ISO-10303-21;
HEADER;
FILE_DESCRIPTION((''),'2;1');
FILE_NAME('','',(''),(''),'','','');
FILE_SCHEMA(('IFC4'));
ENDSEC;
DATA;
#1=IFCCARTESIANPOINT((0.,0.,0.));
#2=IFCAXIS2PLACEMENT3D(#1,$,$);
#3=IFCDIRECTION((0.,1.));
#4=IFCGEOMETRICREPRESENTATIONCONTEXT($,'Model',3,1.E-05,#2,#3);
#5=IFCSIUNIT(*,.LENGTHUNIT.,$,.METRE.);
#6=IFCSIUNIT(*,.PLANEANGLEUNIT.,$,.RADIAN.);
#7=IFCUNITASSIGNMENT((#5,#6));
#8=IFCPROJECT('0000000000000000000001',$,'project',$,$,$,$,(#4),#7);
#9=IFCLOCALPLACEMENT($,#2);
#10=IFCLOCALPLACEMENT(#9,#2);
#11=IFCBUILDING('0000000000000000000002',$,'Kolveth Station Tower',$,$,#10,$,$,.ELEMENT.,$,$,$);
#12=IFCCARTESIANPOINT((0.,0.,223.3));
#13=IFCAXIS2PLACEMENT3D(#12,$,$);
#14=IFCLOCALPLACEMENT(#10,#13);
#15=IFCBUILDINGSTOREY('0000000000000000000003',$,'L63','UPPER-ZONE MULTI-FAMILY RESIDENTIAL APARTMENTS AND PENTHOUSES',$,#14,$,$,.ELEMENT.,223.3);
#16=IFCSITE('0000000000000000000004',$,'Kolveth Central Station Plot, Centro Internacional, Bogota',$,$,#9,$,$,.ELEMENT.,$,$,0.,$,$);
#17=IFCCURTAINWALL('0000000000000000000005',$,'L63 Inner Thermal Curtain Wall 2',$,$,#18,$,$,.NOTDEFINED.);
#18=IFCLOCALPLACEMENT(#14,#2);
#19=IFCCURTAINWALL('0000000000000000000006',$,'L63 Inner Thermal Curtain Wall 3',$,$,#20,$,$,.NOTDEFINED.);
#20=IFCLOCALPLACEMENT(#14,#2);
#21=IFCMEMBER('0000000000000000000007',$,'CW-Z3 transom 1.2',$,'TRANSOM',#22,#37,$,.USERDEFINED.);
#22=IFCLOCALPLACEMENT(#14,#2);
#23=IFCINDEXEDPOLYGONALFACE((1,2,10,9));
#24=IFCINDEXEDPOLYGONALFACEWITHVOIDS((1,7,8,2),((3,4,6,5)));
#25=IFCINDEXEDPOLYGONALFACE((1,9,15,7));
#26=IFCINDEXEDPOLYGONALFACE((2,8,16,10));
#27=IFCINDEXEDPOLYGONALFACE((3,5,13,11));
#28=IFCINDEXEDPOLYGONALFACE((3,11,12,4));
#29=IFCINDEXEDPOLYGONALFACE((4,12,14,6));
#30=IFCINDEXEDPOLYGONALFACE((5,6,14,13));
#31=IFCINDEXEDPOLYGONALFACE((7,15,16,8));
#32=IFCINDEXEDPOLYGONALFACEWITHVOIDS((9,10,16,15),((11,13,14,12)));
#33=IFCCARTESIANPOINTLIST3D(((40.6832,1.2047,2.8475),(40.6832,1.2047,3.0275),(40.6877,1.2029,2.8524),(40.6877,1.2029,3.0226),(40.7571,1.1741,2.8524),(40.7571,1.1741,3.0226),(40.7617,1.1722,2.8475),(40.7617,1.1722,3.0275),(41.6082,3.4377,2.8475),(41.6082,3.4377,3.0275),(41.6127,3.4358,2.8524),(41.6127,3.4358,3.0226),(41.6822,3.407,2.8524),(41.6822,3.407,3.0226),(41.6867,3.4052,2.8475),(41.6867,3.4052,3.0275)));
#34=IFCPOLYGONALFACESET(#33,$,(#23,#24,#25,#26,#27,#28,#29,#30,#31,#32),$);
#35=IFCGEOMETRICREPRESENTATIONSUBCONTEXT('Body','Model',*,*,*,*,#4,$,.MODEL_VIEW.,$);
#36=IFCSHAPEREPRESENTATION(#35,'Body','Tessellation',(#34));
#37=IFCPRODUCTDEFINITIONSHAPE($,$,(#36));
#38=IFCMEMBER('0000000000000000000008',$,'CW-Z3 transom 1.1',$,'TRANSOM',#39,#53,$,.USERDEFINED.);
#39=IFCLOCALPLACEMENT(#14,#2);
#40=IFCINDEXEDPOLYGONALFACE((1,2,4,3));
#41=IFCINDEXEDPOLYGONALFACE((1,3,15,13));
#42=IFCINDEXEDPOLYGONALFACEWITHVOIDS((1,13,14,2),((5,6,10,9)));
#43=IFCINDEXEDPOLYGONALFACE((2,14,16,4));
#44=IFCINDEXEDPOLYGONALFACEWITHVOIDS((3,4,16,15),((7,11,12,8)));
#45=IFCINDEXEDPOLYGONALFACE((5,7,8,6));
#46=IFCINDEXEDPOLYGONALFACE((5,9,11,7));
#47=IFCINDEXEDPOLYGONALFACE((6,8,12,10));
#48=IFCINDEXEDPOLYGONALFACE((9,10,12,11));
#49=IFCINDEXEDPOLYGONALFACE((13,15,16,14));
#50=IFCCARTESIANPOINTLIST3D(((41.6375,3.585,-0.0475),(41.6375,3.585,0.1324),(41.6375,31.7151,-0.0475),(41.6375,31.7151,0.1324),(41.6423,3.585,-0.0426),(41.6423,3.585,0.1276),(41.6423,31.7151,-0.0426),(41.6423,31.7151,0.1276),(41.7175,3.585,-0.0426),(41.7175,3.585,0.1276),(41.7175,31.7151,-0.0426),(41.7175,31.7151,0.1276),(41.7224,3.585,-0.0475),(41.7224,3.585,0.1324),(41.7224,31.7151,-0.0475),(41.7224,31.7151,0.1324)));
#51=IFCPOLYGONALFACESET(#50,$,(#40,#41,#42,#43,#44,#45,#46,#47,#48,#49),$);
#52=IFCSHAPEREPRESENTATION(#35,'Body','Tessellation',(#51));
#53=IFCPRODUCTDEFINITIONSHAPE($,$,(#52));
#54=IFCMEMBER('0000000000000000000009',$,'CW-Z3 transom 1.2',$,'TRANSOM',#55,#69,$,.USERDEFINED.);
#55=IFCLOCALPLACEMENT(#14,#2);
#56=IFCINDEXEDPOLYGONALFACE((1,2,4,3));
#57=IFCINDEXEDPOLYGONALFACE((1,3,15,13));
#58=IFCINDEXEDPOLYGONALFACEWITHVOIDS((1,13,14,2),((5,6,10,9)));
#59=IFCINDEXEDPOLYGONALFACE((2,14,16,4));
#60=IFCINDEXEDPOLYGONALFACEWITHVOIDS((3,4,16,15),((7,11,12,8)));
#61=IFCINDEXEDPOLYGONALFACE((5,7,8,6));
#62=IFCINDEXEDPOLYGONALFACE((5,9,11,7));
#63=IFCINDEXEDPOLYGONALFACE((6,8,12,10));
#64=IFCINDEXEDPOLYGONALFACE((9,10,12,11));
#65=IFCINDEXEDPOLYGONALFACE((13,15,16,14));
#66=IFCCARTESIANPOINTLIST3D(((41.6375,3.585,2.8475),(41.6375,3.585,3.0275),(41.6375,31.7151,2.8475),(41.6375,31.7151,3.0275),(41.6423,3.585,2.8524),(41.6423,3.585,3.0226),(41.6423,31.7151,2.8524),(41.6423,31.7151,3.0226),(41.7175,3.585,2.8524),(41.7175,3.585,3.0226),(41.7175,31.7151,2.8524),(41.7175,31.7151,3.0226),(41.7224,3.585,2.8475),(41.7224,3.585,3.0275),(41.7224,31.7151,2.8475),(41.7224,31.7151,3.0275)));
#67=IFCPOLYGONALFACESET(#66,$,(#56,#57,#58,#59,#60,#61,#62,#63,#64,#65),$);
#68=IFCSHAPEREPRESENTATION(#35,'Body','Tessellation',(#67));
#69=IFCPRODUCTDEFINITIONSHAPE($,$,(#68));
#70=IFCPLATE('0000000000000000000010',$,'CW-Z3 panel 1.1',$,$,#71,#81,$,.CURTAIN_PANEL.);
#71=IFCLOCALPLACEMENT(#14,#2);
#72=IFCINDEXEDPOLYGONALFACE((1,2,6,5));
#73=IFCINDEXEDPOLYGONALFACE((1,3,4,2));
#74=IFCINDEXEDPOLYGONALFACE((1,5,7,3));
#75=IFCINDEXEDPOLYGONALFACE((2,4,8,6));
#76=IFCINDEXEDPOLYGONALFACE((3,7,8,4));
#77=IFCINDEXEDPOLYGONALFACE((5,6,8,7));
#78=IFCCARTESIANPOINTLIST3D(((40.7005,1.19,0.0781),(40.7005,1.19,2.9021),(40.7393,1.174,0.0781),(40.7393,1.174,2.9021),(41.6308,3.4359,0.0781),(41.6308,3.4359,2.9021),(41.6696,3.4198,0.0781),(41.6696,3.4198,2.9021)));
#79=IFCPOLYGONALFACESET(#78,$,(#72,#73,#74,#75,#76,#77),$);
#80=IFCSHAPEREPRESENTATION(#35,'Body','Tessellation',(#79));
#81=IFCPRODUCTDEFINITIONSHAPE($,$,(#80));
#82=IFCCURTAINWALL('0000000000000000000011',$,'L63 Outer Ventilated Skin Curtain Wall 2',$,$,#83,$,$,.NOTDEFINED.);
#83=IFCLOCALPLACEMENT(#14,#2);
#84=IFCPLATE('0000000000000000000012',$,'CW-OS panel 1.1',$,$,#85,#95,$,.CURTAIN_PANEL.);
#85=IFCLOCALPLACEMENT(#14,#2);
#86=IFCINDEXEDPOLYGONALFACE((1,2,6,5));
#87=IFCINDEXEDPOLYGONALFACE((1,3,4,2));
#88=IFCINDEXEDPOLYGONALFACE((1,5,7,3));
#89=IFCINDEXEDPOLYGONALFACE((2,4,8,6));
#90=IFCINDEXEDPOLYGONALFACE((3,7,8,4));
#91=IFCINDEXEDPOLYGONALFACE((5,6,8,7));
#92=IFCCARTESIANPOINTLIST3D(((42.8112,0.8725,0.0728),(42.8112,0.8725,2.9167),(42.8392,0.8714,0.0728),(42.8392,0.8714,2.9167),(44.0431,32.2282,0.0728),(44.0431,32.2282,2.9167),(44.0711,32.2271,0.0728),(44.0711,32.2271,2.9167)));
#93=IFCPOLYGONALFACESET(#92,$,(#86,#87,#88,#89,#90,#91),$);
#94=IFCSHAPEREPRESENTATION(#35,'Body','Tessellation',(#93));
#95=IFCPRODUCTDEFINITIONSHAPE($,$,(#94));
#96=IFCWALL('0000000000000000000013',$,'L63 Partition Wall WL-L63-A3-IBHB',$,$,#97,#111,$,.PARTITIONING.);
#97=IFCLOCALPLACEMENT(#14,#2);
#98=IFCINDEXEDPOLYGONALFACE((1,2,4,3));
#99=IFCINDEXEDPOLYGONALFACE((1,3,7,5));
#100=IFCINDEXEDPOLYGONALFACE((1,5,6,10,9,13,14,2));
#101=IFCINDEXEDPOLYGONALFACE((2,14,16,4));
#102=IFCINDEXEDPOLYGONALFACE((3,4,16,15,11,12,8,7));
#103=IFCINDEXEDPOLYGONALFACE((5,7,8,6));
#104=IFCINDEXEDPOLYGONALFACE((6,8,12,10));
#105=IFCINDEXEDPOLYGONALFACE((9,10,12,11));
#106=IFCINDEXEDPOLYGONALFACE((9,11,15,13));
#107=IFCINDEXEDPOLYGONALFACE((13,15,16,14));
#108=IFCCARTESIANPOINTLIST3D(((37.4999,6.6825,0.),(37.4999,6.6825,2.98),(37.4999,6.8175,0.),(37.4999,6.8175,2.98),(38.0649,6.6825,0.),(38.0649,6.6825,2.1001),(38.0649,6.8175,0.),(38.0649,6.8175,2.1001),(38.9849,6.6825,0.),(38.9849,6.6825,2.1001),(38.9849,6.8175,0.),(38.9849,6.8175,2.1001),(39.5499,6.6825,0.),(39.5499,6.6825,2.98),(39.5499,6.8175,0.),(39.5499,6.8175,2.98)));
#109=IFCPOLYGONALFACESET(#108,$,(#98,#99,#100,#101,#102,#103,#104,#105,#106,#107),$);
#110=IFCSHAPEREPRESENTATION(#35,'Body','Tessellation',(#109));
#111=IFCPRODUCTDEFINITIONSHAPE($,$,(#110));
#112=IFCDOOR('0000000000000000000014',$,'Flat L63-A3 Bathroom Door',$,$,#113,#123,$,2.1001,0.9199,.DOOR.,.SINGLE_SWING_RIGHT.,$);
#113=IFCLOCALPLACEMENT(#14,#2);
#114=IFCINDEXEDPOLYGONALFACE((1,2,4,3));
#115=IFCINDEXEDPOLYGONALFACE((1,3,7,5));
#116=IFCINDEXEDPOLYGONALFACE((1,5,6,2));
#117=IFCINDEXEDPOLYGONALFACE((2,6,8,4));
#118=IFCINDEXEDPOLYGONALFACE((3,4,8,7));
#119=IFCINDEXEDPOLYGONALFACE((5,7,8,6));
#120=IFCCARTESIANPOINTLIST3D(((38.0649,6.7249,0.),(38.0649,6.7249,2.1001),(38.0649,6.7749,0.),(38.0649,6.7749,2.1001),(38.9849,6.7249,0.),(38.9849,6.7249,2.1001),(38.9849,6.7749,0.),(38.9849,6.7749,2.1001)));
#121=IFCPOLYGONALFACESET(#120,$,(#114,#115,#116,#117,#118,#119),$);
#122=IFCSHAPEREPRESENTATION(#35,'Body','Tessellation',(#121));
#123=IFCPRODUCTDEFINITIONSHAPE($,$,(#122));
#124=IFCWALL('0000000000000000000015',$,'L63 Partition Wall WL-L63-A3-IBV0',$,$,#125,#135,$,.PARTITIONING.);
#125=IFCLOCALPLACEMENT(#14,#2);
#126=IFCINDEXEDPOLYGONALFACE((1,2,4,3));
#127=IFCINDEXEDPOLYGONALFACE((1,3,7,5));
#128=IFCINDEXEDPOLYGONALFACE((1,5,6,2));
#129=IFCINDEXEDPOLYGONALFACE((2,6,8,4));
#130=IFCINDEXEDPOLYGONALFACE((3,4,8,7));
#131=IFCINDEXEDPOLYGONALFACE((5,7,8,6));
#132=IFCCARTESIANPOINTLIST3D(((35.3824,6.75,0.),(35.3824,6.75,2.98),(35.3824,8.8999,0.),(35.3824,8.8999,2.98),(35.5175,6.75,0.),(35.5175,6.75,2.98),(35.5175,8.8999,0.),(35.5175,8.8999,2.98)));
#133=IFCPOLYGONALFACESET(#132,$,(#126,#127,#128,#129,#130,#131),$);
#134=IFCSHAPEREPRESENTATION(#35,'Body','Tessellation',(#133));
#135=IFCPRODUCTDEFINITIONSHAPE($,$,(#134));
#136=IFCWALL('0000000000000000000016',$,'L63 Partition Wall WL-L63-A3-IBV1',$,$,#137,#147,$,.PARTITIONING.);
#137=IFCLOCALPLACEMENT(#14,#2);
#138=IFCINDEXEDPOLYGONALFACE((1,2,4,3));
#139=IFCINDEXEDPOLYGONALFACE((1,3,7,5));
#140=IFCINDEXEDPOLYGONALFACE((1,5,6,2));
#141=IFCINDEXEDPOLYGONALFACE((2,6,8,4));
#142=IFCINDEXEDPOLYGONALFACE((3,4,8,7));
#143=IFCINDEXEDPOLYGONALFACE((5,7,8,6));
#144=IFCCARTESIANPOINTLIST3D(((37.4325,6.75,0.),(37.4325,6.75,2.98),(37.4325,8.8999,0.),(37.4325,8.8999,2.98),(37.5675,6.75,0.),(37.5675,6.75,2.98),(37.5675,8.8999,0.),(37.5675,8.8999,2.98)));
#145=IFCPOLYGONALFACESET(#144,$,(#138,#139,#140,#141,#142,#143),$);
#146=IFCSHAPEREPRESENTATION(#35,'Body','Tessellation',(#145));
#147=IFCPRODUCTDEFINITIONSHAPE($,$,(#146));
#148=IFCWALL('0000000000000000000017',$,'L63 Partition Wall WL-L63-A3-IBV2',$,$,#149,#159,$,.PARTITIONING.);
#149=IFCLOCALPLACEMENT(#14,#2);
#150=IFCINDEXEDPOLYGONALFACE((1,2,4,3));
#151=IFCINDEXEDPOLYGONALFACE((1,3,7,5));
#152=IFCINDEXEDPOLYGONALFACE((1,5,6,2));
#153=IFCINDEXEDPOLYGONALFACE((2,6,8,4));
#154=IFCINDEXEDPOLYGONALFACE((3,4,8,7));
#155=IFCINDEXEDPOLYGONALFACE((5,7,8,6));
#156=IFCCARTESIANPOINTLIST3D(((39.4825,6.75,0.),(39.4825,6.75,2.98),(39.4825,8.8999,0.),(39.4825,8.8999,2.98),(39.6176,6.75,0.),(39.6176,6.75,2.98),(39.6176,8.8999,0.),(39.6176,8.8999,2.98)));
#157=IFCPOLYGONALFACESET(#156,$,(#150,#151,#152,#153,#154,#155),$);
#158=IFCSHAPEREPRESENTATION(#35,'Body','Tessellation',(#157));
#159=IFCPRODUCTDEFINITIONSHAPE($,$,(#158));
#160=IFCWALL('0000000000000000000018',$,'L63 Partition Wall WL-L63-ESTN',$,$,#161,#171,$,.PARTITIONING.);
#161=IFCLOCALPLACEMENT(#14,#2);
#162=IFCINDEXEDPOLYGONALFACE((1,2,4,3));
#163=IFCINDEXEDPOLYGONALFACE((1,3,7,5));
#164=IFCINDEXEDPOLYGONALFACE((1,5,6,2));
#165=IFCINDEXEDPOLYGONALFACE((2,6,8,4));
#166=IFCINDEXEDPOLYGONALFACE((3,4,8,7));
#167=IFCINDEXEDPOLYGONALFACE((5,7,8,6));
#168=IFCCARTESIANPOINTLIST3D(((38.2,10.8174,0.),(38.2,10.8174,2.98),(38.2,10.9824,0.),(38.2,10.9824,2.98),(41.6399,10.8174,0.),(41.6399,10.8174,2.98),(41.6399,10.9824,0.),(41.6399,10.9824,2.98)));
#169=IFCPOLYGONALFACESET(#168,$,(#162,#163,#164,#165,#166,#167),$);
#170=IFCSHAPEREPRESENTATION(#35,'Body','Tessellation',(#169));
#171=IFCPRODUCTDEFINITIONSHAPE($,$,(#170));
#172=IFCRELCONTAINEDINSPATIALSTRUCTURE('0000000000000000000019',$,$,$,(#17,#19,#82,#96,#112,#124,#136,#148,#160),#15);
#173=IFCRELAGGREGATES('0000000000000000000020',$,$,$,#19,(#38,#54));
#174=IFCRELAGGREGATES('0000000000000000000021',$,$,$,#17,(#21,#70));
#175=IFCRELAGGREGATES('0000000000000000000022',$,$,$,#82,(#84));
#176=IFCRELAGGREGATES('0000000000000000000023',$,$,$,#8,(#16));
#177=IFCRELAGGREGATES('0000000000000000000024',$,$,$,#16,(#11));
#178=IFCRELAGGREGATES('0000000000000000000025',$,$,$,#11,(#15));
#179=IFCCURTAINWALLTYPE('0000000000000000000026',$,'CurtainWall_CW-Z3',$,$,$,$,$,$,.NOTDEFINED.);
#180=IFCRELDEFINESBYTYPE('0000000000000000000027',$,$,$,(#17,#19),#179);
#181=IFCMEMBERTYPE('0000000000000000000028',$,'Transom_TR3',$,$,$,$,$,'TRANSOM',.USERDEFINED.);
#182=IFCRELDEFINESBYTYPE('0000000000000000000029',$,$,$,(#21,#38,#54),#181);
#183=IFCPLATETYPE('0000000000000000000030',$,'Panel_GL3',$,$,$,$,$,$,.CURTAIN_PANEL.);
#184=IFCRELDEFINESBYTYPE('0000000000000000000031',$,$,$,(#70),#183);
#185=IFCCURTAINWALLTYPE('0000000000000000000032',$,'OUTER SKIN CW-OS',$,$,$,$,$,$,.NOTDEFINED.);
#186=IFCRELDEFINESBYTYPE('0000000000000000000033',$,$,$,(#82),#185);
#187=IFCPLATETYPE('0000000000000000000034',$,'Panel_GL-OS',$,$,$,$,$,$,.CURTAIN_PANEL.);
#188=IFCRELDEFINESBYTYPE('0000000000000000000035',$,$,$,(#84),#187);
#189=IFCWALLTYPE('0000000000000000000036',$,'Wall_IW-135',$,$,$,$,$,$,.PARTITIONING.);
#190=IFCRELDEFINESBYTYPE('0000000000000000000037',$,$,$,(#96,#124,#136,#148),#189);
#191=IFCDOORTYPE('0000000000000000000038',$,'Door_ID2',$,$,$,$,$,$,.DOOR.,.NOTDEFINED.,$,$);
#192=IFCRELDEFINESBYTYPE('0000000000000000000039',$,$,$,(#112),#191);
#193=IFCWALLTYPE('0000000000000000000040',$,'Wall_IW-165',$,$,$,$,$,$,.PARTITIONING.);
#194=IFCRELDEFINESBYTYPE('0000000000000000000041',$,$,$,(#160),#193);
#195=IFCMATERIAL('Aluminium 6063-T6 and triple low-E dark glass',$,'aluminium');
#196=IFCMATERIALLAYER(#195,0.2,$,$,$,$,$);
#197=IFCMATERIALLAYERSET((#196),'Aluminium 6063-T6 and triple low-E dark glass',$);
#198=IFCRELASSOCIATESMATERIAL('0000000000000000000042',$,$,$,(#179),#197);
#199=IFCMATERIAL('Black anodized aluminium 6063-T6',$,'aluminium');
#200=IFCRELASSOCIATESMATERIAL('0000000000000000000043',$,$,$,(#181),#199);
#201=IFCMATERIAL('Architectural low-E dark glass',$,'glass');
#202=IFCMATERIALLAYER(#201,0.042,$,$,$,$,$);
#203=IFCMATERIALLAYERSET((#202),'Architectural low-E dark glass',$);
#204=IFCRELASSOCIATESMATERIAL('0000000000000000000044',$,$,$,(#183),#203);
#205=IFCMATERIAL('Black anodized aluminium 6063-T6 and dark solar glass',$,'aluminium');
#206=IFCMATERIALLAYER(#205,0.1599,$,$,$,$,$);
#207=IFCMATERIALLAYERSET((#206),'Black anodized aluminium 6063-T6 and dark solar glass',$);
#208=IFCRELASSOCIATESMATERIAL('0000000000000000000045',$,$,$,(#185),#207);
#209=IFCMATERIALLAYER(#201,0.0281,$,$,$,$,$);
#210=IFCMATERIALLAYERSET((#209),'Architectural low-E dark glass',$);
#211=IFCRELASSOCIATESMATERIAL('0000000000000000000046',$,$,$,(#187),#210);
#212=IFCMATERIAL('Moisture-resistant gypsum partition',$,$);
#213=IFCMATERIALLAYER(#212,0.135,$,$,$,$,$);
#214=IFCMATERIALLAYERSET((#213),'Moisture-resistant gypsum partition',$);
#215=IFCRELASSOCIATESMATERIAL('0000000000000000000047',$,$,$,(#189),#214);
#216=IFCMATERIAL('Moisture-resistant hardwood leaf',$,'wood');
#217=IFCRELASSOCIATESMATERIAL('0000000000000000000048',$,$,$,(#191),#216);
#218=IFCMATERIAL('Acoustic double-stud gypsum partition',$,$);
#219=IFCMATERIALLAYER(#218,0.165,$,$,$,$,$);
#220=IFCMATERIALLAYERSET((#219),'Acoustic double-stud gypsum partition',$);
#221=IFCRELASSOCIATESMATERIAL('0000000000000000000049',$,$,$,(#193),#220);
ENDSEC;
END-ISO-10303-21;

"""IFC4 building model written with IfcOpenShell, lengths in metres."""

from ifc_helpers import new_model, si_unit, direction, frame, frame_2d, origin, origin_2d, place, context, subcontext, project, spatial, rectangle, hollow_rectangle, extrude, source, transform, mapped, material, layer, layer_set, material_profile, profile_set, type_object, element, fill, aggregate, save


model = new_model("IFC4")

# Units and contexts
model_context = context("Model", 3, precision=1e-05, world=origin(), true_north=direction((0.0, 1.0)))
body_context = subcontext(model_context, "Body", "Model", "MODEL_VIEW")
ifc_project = project(units=[si_unit("LENGTHUNIT", "METRE"), si_unit("PLANEANGLEUNIT", "RADIAN")], contexts=[model_context])

# Site, building, storey
site_placement = place(None, origin())
site = spatial("IfcSite", under=ifc_project, at=site_placement, Name="Kolveth Central Station Plot, Centro Internacional, Bogota", CompositionType="ELEMENT", RefElevation=0.0)
building_placement = place(site_placement, origin())
building = spatial("IfcBuilding", under=site, at=building_placement, Name="Kolveth Station Tower", CompositionType="ELEMENT")
storey_placement = place(building_placement, frame((0.0, 0.0, 223.3)))
storey = spatial("IfcBuildingStorey", under=building, at=storey_placement, Name="L63", Description="UPPER-ZONE MULTI-FAMILY RESIDENTIAL APARTMENTS AND PENTHOUSES", CompositionType="ELEMENT", Elevation=223.3)

# Curtain wall
ifc_material_1 = material(Name="Aluminium 6063-T6 and triple low-E dark glass", Category="aluminium")
ifc_layer_1 = layer(ifc_material_1, 0.2)
ifc_layer_set_1 = layer_set([ifc_layer_1], Name="Aluminium 6063-T6 and triple low-E dark glass")
curtain_wall_type_1 = type_object("IfcCurtainWallType", Name="CurtainWall_CW-Z3", PredefinedType="NOTDEFINED", material=ifc_layer_set_1)
curtain_wall_1_placement = place(storey_placement, origin())
curtain_wall_1 = element("IfcCurtainWall", 1, at=curtain_wall_1_placement, inside=storey, type_object=curtain_wall_type_1, Name="L63 Inner Thermal Curtain Wall 2", PredefinedType="NOTDEFINED")
ifc_material_2 = material(Name="Black anodized aluminium 6063-T6", Category="aluminium")

# Curtain wall
curtain_wall_2_placement = place(storey_placement, origin())
curtain_wall_2 = element("IfcCurtainWall", 2, at=curtain_wall_2_placement, inside=storey, type_object=curtain_wall_type_1, Name="L63 Inner Thermal Curtain Wall 3", PredefinedType="NOTDEFINED")

# Members
ifc_material_profile_1 = material_profile(ifc_material_2, hollow_rectangle(XDim=0.085, YDim=0.1799, WallThickness=0.0049, at=origin_2d()), Name="ALU-85x180x5")
ifc_profile_set_1 = profile_set([ifc_material_profile_1], Name="Black anodized aluminium 6063-T6")
member_type_1 = type_object("IfcMemberType", Name="Transom_TR3", ElementType="TRANSOM", PredefinedType="USERDEFINED", material=ifc_profile_set_1)
shared_shape_1 = source(origin(), body_context, "Body", "SweptSolid", [
    extrude(hollow_rectangle(XDim=0.085, YDim=0.1799, WallThickness=0.0049, at=origin_2d()), origin(), (0.0, 0.0, 1.0), 2.417),
])
member_1_placement = place(storey_placement, frame((40.7224, 1.1885, 2.9375), z_axis=(0.382735, 0.923858, 0.0), x_axis=(-0.923858, 0.382735, 0.0)))
member_1 = element("IfcMember", 3, at=member_1_placement, type_object=member_type_1, Name="CW-Z3 transom 1.2", ObjectType="TRANSOM", PredefinedType="USERDEFINED", context=body_context, shape_type="MappedRepresentation", body=[
    mapped(shared_shape_1, transform((0.0, 0.0, 0.0), x_axis=(1.0, 0.0, 0.0), y_axis=(0.0, 1.0, 0.0), z_axis=(0.0, 0.0, 1.0), scale=1.0)),
])
shared_shape_2 = source(origin(), body_context, "Body", "SweptSolid", [
    extrude(hollow_rectangle(XDim=0.085, YDim=0.1799, WallThickness=0.0049, at=origin_2d()), origin(), (0.0, 0.0, 1.0), 28.1301),
])
member_2_placement = place(storey_placement, frame((41.6799, 3.585, 0.0425), z_axis=(0.0, 1.0, 0.0), x_axis=(-1.0, 0.0, 0.0)))
member_2 = element("IfcMember", 4, at=member_2_placement, type_object=member_type_1, Name="CW-Z3 transom 1.1", ObjectType="TRANSOM", PredefinedType="USERDEFINED", context=body_context, shape_type="MappedRepresentation", body=[
    mapped(shared_shape_2, transform((0.0, 0.0, 0.0), x_axis=(1.0, 0.0, 0.0), y_axis=(0.0, 1.0, 0.0), z_axis=(0.0, 0.0, 1.0), scale=1.0)),
])
member_3_placement = place(storey_placement, frame((41.6799, 3.585, 2.9375), z_axis=(0.0, 1.0, 0.0), x_axis=(-1.0, 0.0, 0.0)))
member_3 = element("IfcMember", 5, at=member_3_placement, type_object=member_type_1, Name="CW-Z3 transom 1.2", ObjectType="TRANSOM", PredefinedType="USERDEFINED", context=body_context, shape_type="MappedRepresentation", body=[
    mapped(shared_shape_2, transform((0.0, 0.0, 0.0), x_axis=(1.0, 0.0, 0.0), y_axis=(0.0, 1.0, 0.0), z_axis=(0.0, 0.0, 1.0), scale=1.0)),
])
aggregate(curtain_wall_2, [member_2, member_3])

# Plate
ifc_material_3 = material(Name="Architectural low-E dark glass", Category="glass")
ifc_layer_2 = layer(ifc_material_3, 0.042)
ifc_layer_set_2 = layer_set([ifc_layer_2], Name="Architectural low-E dark glass")
plate_type_1 = type_object("IfcPlateType", Name="Panel_GL3", PredefinedType="CURTAIN_PANEL", material=ifc_layer_set_2)
shared_shape_3 = source(origin(), body_context, "Body", "SweptSolid", [
    extrude(rectangle(XDim=2.4309, YDim=0.042, at=origin_2d()), origin(), (0.0, 0.0, 1.0), 2.824),
])
plate_1_placement = place(storey_placement, frame((41.1851, 2.3049, 0.0781), z_axis=(0.0, 0.0, 1.0), x_axis=(0.382693, 0.923875, 0.0)))
plate_1 = element("IfcPlate", 6, at=plate_1_placement, type_object=plate_type_1, Name="CW-Z3 panel 1.1", PredefinedType="CURTAIN_PANEL", context=body_context, shape_type="MappedRepresentation", body=[
    mapped(shared_shape_3, transform((0.0, 0.0, 0.0), x_axis=(1.0, 0.0, 0.0), y_axis=(0.0, 1.0, 0.0), z_axis=(0.0, 0.0, 1.0), scale=1.0)),
])
aggregate(curtain_wall_1, [member_1, plate_1])

# Curtain wall, plate
ifc_material_4 = material(Name="Black anodized aluminium 6063-T6 and dark solar glass", Category="aluminium")
ifc_layer_3 = layer(ifc_material_4, 0.1599)
ifc_layer_set_3 = layer_set([ifc_layer_3], Name="Black anodized aluminium 6063-T6 and dark solar glass")
curtain_wall_type_2 = type_object("IfcCurtainWallType", Name="OUTER SKIN CW-OS", PredefinedType="NOTDEFINED", material=ifc_layer_set_3)
curtain_wall_3_placement = place(storey_placement, origin())
curtain_wall_3 = element("IfcCurtainWall", 7, at=curtain_wall_3_placement, inside=storey, type_object=curtain_wall_type_2, Name="L63 Outer Ventilated Skin Curtain Wall 2", PredefinedType="NOTDEFINED")
ifc_layer_4 = layer(ifc_material_3, 0.0281)
ifc_layer_set_4 = layer_set([ifc_layer_4], Name="Architectural low-E dark glass")
plate_type_2 = type_object("IfcPlateType", Name="Panel_GL-OS", PredefinedType="CURTAIN_PANEL", material=ifc_layer_set_4)
shared_shape_4 = source(origin(), body_context, "Body", "SweptSolid", [
    extrude(rectangle(XDim=31.3799, YDim=0.0281, at=origin_2d()), origin(), (0.0, 0.0, 1.0), 2.844),
])
plate_2_placement = place(storey_placement, frame((43.4412, 16.5498, 0.0728), z_axis=(0.0, 0.0, 1.0), x_axis=(0.039257, 0.999229, 0.0)))
plate_2 = element("IfcPlate", 8, at=plate_2_placement, type_object=plate_type_2, Name="CW-OS panel 1.1", PredefinedType="CURTAIN_PANEL", context=body_context, shape_type="MappedRepresentation", body=[
    mapped(shared_shape_4, transform((0.0, 0.0, 0.0), x_axis=(1.0, 0.0, 0.0), y_axis=(0.0, 1.0, 0.0), z_axis=(0.0, 0.0, 1.0), scale=1.0)),
])
aggregate(curtain_wall_3, [plate_2])

# Wall, opening, door
ifc_material_5 = material(Name="Moisture-resistant gypsum partition")
ifc_layer_5 = layer(ifc_material_5, 0.135)
ifc_layer_set_5 = layer_set([ifc_layer_5], Name="Moisture-resistant gypsum partition")
wall_type_1 = type_object("IfcWallType", Name="Wall_IW-135", PredefinedType="PARTITIONING", material=ifc_layer_set_5)
wall_1_placement = place(storey_placement, frame((37.5, 6.75, 0.0), z_axis=(0.0, 0.0, 1.0), x_axis=(1.0, 0.0, 0.0)))
wall_1 = element("IfcWall", 9, at=wall_1_placement, inside=storey, type_object=wall_type_1, Name="L63 Partition Wall WL-L63-A3-IBHB", PredefinedType="PARTITIONING", context=body_context, shape_type="SweptSolid", body=[
    extrude(rectangle(XDim=2.05, YDim=0.135, at=frame_2d((1.0249, 0.0))), origin(), (0.0, 0.0, 1.0), 2.98),
])
opening_1_placement = place(wall_1_placement, frame((0.5649, 0.0, 0.0)))
opening_1 = element("IfcOpeningElement", 10, at=opening_1_placement, cuts=wall_1, PredefinedType="OPENING", context=body_context, shape_type="SweptSolid", body=[
    extrude(rectangle(XDim=0.9199, YDim=2.1001, at=frame_2d((0.46, 1.05))), frame((0.0, 0.0774, 0.0), z_axis=(0.0, -1.0, 0.0), x_axis=(1.0, 0.0, 0.0)), (0.0, 0.0, 1.0), 0.155),
])
ifc_material_6 = material(Name="Moisture-resistant hardwood leaf", Category="wood")
door_type_1 = type_object("IfcDoorType", Name="Door_ID2", OperationType="NOTDEFINED", PredefinedType="DOOR", material=ifc_material_6)
door_1_placement = place(opening_1_placement, origin())
door_1 = element("IfcDoor", 11, at=door_1_placement, inside=storey, type_object=door_type_1, Name="Flat L63-A3 Bathroom Door", OperationType="SINGLE_SWING_RIGHT", OverallHeight=2.1001, OverallWidth=0.9199, PredefinedType="DOOR", context=body_context, shape_type="SweptSolid", body=[
    extrude(rectangle(XDim=0.9199, YDim=2.1001, at=frame_2d((0.46, 1.05))), frame((0.0, 0.0249, 0.0), z_axis=(0.0, -1.0, 0.0), x_axis=(1.0, 0.0, 0.0)), (0.0, 0.0, 1.0), 0.05),
])
fill(opening_1, door_1)

# Walls
for number, where, z_axis, x_axis, name in (
    (12, (35.45, 6.75, 0.0), (0.0, 0.0, 1.0), (0.0, 1.0, 0.0), "L63 Partition Wall WL-L63-A3-IBV0"),
    (13, (37.5, 6.75, 0.0), (0.0, 0.0, 1.0), (0.0, 1.0, 0.0), "L63 Partition Wall WL-L63-A3-IBV1"),
    (14, (39.55, 6.75, 0.0), (0.0, 0.0, 1.0), (0.0, 1.0, 0.0), "L63 Partition Wall WL-L63-A3-IBV2"),
):
    element("IfcWall", number, at=place(storey_placement, frame(where, z_axis=z_axis, x_axis=x_axis)), inside=storey, type_object=wall_type_1, Name=name, PredefinedType="PARTITIONING", context=body_context, shape_type="SweptSolid", body=[
        extrude(rectangle(XDim=2.1499, YDim=0.135, at=frame_2d((1.075, 0.0))), origin(), (0.0, 0.0, 1.0), 2.98),
    ])

# Shared definitions
ifc_material_7 = material(Name="Acoustic double-stud gypsum partition")
ifc_layer_6 = layer(ifc_material_7, 0.165)
ifc_layer_set_6 = layer_set([ifc_layer_6], Name="Acoustic double-stud gypsum partition")
wall_type_2 = type_object("IfcWallType", Name="Wall_IW-165", PredefinedType="PARTITIONING", material=ifc_layer_set_6)

# Wall
wall_2_placement = place(storey_placement, frame((38.2, 10.8999, 0.0), z_axis=(0.0, 0.0, 1.0), x_axis=(1.0, 0.0, 0.0)))
element("IfcWall", 15, at=wall_2_placement, inside=storey, type_object=wall_type_2, Name="L63 Partition Wall WL-L63-ESTN", PredefinedType="PARTITIONING", context=body_context, shape_type="SweptSolid", body=[
    extrude(rectangle(XDim=3.4399, YDim=0.165, at=frame_2d((1.72, 0.0))), origin(), (0.0, 0.0, 1.0), 2.98),
])

save(model, "model.ifc")
